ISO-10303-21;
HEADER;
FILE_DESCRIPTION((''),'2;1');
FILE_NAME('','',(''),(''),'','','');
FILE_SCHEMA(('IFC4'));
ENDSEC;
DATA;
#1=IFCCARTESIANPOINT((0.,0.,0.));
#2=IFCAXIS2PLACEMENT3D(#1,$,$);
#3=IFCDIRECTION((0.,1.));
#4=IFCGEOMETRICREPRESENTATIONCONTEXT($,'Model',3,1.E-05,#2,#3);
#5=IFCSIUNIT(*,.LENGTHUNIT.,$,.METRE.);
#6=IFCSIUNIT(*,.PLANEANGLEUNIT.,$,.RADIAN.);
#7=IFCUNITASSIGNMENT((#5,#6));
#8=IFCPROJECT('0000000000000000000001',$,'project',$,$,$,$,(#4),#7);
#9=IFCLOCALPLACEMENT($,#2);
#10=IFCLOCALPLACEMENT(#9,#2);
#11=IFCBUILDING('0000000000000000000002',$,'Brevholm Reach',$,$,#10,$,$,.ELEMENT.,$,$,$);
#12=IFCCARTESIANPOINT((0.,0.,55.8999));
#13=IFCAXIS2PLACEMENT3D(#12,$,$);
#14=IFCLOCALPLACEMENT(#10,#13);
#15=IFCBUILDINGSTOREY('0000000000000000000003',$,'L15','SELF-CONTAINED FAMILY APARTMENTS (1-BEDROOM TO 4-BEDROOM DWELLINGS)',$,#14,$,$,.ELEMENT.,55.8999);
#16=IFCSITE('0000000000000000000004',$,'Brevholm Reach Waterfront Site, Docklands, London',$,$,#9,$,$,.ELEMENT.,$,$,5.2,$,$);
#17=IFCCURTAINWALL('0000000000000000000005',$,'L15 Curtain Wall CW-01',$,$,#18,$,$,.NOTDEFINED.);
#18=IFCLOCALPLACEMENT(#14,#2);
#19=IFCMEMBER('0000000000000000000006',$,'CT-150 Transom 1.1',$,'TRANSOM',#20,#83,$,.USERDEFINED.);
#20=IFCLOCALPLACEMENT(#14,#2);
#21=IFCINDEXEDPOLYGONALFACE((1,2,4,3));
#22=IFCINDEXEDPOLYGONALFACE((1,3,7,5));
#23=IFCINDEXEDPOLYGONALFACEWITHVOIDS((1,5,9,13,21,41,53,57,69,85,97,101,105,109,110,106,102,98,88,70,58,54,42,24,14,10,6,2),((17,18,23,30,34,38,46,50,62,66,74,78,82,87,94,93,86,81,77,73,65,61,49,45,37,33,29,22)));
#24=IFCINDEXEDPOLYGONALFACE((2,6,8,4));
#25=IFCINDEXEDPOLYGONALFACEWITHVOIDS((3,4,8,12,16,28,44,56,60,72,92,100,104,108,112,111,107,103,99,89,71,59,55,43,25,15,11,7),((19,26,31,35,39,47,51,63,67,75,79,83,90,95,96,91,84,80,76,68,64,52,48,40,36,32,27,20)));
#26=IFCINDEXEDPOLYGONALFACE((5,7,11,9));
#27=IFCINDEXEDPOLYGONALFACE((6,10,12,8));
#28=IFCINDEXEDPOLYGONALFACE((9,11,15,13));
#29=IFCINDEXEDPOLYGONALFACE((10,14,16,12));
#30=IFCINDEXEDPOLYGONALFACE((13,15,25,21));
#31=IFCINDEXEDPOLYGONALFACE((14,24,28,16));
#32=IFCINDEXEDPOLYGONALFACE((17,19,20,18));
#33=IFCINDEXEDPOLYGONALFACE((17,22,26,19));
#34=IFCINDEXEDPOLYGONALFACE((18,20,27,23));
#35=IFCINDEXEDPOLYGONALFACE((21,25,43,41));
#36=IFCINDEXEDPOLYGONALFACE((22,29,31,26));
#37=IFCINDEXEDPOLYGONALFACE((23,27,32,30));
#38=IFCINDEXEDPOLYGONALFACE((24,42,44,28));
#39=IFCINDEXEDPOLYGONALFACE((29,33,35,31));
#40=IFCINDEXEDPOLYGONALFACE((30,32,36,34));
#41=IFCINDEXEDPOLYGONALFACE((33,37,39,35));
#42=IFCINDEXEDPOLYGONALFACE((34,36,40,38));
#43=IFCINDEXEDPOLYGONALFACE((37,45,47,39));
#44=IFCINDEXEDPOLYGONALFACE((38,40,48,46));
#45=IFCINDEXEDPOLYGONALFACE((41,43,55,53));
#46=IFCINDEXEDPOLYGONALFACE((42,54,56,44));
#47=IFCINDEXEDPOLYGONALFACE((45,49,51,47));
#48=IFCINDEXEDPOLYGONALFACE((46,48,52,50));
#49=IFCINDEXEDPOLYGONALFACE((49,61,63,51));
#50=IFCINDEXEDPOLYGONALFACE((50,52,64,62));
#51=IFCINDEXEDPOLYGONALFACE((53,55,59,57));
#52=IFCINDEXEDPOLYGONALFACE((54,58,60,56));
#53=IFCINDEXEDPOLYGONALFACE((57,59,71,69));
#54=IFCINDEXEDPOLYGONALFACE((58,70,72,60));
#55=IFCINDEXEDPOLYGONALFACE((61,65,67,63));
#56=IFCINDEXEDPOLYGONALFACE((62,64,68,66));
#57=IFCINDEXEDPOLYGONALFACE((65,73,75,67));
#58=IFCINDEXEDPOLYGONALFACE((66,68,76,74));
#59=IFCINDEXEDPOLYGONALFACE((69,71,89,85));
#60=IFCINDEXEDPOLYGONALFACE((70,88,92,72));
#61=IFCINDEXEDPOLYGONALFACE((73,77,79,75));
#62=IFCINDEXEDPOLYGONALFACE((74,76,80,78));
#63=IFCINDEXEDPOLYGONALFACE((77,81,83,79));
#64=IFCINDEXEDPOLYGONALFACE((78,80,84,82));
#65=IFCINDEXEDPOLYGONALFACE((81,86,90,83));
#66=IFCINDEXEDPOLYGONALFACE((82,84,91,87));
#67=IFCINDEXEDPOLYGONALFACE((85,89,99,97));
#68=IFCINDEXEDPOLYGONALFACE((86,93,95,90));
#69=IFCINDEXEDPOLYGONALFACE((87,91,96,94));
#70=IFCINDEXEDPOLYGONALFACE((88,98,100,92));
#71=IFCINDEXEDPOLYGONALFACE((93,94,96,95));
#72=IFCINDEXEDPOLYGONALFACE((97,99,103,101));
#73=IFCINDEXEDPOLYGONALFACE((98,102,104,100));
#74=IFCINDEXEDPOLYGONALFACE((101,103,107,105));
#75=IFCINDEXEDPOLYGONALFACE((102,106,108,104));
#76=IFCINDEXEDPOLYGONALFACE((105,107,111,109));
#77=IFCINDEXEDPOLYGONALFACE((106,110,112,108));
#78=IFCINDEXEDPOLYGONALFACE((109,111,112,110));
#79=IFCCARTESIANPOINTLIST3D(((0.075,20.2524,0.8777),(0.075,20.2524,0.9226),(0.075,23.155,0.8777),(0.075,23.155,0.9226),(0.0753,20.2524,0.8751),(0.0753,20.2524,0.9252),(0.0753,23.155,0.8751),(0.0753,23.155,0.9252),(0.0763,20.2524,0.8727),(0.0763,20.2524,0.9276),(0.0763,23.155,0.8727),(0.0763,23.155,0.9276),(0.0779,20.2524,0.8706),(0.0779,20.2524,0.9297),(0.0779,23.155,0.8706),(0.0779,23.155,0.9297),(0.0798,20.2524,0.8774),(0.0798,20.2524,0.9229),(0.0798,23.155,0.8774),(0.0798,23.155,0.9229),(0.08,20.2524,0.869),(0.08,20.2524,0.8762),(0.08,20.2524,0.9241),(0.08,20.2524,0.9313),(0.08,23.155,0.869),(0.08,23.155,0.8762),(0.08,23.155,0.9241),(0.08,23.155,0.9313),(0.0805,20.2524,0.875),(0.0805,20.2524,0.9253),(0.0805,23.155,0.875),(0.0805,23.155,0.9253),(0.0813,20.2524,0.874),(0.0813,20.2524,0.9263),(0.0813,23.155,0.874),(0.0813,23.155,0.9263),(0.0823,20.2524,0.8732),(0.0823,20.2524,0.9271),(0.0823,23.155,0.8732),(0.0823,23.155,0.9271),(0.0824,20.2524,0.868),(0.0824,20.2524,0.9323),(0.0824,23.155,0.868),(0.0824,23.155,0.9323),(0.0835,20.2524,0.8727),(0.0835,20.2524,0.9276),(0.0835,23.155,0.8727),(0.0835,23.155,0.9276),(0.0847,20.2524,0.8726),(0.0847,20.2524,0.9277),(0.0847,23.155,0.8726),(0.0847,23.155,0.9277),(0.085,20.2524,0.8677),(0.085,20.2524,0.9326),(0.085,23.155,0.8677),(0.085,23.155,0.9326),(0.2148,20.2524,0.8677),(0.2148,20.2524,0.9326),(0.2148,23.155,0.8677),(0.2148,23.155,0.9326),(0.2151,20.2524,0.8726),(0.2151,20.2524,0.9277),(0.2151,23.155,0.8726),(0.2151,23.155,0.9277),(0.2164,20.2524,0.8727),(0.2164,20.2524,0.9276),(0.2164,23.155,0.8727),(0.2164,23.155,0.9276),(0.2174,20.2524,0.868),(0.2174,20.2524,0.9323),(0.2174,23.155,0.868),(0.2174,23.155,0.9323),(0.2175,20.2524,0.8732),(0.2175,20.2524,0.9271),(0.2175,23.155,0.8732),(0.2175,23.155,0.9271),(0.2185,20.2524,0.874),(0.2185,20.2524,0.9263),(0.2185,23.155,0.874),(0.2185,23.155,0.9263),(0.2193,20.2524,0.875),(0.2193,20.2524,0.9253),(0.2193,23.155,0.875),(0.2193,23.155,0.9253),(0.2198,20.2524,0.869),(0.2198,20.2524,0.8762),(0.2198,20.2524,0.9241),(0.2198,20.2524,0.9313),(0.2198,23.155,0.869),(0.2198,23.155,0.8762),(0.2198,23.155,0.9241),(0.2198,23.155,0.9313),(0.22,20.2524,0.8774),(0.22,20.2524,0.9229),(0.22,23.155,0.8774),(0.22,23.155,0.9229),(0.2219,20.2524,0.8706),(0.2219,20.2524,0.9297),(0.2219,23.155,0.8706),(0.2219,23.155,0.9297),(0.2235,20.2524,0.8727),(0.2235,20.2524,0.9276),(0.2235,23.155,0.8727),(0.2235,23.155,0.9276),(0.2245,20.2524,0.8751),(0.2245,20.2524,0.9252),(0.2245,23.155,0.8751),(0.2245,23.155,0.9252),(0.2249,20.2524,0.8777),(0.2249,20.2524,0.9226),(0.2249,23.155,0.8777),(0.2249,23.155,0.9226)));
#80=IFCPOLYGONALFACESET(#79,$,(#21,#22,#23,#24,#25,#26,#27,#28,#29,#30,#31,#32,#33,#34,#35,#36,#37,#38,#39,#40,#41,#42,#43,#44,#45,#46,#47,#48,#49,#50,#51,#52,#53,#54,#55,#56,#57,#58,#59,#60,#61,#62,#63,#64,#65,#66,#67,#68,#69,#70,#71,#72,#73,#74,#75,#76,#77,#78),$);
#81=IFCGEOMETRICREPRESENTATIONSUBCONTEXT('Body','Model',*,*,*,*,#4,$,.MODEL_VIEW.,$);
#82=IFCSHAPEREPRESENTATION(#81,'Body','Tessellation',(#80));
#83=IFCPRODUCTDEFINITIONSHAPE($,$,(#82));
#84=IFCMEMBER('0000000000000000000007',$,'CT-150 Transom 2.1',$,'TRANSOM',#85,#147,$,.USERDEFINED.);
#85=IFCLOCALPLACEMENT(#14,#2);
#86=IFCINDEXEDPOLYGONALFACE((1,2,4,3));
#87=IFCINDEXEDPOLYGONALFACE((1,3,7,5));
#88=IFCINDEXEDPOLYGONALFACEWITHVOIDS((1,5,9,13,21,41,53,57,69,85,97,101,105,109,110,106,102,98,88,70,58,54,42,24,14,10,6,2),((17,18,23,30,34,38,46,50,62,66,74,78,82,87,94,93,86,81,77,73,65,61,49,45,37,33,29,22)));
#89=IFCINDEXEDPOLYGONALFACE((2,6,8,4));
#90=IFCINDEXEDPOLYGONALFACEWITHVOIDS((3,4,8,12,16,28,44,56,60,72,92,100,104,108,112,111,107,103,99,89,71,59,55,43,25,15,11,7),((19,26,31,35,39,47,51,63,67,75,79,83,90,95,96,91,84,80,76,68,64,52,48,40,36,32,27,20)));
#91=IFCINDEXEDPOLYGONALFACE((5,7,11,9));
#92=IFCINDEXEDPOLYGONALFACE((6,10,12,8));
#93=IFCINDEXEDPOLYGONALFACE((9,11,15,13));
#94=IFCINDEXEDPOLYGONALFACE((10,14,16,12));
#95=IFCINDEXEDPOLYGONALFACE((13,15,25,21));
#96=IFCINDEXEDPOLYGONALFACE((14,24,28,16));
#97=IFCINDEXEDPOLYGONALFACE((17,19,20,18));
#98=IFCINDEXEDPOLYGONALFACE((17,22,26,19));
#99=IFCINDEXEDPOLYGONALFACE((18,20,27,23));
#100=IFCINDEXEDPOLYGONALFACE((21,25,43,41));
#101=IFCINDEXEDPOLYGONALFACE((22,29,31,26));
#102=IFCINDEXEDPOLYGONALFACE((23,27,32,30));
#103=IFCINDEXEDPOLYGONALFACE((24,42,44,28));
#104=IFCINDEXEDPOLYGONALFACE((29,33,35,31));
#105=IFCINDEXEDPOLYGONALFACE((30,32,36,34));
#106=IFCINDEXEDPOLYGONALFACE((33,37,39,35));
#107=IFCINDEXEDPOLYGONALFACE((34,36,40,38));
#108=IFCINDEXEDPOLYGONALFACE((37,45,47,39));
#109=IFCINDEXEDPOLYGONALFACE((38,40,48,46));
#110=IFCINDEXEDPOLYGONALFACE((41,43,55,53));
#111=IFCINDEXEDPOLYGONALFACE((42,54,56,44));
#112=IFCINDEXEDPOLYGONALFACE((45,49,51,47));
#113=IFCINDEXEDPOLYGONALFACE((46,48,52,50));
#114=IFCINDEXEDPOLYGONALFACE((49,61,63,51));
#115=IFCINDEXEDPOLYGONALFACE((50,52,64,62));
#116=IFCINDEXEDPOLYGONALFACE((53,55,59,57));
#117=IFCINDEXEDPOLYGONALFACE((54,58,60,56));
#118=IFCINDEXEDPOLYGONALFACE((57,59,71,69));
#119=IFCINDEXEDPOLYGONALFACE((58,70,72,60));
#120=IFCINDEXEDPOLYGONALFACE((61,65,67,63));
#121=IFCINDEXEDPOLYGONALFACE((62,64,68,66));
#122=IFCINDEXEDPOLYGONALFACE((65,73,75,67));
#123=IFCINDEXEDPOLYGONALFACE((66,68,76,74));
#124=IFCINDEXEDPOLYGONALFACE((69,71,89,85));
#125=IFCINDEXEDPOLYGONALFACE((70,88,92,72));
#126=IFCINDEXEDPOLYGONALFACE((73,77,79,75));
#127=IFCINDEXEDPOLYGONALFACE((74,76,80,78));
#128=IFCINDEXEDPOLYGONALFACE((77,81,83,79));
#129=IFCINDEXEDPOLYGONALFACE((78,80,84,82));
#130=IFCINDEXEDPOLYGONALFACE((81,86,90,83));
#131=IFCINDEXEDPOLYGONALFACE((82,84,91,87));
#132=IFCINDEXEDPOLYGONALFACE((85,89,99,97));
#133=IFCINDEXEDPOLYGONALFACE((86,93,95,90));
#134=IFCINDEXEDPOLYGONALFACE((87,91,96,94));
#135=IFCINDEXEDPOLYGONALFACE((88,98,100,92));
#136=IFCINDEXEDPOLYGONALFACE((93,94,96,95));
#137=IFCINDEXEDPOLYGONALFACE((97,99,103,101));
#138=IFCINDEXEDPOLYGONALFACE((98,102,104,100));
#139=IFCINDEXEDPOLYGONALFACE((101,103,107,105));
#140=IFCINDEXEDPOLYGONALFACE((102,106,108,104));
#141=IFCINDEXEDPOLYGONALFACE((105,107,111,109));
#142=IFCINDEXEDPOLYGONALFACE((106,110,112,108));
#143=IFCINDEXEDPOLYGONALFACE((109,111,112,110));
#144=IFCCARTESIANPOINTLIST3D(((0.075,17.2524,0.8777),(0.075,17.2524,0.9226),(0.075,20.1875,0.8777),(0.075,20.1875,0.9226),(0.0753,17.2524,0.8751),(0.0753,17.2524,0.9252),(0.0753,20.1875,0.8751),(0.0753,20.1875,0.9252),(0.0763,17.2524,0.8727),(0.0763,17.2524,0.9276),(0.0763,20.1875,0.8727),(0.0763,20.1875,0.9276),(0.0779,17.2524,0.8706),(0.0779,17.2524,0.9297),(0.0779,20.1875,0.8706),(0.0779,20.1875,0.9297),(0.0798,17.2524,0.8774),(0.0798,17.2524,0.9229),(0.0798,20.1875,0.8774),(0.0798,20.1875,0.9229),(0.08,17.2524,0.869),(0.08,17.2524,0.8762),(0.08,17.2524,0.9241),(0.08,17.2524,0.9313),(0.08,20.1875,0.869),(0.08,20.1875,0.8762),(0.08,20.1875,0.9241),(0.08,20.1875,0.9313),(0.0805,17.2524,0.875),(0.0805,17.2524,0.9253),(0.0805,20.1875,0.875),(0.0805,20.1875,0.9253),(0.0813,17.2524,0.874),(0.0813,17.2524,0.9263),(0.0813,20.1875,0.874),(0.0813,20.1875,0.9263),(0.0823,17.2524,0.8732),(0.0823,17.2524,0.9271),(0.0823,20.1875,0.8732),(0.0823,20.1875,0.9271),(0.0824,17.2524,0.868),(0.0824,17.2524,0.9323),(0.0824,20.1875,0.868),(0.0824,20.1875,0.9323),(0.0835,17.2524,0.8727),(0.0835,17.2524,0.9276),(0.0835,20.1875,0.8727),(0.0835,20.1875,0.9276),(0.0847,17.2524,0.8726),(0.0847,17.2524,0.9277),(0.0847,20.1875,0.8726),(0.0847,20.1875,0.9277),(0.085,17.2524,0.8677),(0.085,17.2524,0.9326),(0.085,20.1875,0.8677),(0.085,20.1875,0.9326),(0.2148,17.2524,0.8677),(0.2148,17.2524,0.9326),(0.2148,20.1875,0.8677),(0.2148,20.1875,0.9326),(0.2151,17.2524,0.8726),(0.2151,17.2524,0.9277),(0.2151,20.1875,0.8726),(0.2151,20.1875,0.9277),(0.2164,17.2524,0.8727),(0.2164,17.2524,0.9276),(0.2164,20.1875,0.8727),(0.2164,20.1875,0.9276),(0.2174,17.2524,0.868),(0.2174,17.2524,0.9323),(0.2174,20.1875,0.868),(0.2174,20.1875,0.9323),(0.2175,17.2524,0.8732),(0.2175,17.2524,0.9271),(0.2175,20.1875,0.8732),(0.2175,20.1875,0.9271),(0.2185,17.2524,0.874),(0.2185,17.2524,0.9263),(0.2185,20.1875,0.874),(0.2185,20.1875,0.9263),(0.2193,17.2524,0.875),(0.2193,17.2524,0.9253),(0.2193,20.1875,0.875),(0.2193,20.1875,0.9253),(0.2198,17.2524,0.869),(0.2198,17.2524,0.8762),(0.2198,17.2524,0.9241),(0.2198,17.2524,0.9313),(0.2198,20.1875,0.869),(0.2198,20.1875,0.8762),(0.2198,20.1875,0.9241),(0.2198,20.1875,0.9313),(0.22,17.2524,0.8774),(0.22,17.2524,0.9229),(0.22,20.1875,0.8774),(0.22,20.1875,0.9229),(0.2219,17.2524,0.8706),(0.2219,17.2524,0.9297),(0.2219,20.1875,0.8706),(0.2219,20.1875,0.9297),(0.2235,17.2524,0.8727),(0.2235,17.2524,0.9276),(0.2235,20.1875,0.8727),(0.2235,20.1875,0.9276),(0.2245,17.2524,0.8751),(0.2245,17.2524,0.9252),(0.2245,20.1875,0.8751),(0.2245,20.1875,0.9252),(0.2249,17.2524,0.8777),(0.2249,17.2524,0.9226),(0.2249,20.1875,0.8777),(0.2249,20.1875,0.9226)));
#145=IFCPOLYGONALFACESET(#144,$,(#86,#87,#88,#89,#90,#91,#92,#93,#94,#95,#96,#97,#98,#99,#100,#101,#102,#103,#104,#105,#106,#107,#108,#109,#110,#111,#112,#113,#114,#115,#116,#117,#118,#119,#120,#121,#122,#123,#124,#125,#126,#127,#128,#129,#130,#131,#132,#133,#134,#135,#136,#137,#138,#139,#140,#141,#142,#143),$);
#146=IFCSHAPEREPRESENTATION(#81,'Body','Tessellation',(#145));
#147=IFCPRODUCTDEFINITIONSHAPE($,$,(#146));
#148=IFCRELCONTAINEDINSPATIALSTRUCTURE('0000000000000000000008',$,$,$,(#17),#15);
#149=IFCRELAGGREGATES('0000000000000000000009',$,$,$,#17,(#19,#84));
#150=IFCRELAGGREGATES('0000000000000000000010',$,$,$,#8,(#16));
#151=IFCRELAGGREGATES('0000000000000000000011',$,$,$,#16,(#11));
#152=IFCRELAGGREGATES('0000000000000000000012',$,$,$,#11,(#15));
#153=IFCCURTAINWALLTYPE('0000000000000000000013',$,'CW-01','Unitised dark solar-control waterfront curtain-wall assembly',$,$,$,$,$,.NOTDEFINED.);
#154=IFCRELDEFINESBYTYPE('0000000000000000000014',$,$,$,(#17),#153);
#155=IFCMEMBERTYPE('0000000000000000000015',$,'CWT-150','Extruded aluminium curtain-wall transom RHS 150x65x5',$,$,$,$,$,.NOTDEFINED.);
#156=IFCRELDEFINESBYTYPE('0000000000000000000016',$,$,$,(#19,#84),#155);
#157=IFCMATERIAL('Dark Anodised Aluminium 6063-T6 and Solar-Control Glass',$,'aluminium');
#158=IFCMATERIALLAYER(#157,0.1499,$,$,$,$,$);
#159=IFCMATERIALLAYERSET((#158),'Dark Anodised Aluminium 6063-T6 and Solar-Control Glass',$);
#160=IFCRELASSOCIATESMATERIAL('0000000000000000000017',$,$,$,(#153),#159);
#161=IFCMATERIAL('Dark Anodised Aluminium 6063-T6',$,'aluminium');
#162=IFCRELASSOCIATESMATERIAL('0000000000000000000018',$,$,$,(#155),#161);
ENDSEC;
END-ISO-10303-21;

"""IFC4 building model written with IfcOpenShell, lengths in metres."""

from ifc_helpers import new_model, si_unit, direction, frame, origin, origin_2d, place, context, subcontext, project, spatial, hollow_rectangle, extrude, material, layer, layer_set, material_profile, profile_set, type_object, element, aggregate, save


model = new_model("IFC4")

# Units and contexts
model_context = context("Model", 3, precision=1e-05, world=origin(), true_north=direction((0.0, 1.0)))
body_context = subcontext(model_context, "Body", "Model", "MODEL_VIEW")
ifc_project = project(units=[si_unit("LENGTHUNIT", "METRE"), si_unit("PLANEANGLEUNIT", "RADIAN")], contexts=[model_context])

# Site, building, storey
site_placement = place(None, origin())
site = spatial("IfcSite", under=ifc_project, at=site_placement, Name="Brevholm Reach Waterfront Site, Docklands, London", CompositionType="ELEMENT", RefElevation=5.2)
building_placement = place(site_placement, origin())
building = spatial("IfcBuilding", under=site, at=building_placement, Name="Brevholm Reach", CompositionType="ELEMENT")
storey_placement = place(building_placement, frame((0.0, 0.0, 55.8999)))
storey = spatial("IfcBuildingStorey", under=building, at=storey_placement, Name="L15", Description="SELF-CONTAINED FAMILY APARTMENTS (1-BEDROOM TO 4-BEDROOM DWELLINGS)", CompositionType="ELEMENT", Elevation=55.8999)

# Curtain wall, members
ifc_material_1 = material(Name="Dark Anodised Aluminium 6063-T6 and Solar-Control Glass", Category="aluminium")
ifc_layer_1 = layer(ifc_material_1, 0.1499)
ifc_layer_set_1 = layer_set([ifc_layer_1], Name="Dark Anodised Aluminium 6063-T6 and Solar-Control Glass")
curtain_wall_type = type_object("IfcCurtainWallType", Name="CW-01", Description="Unitised dark solar-control waterfront curtain-wall assembly", PredefinedType="NOTDEFINED", material=ifc_layer_set_1)
curtain_wall_placement = place(storey_placement, origin())
curtain_wall = element("IfcCurtainWall", 1, at=curtain_wall_placement, inside=storey, type_object=curtain_wall_type, Name="L15 Curtain Wall CW-01", PredefinedType="NOTDEFINED")
ifc_material_2 = material(Name="Dark Anodised Aluminium 6063-T6", Category="aluminium")
ifc_material_profile_1 = material_profile(ifc_material_2, hollow_rectangle(XDim=0.0649, YDim=0.1499, WallThickness=0.0049, InnerFilletRadius=0.0049, OuterFilletRadius=0.01, at=origin_2d()), Name="RHS 150x65x5")
ifc_profile_set_1 = profile_set([ifc_material_profile_1], Name="Dark Anodised Aluminium 6063-T6")
member_type_1 = type_object("IfcMemberType", Name="CWT-150", Description="Extruded aluminium curtain-wall transom RHS 150x65x5", PredefinedType="NOTDEFINED", material=ifc_profile_set_1)
member_1_placement = place(storey_placement, frame((0.1499, 23.155, 0.9001), z_axis=(0.0, -1.0, 0.0), x_axis=(0.0, 0.0, 1.0)))
member_1 = element("IfcMember", 2, at=member_1_placement, type_object=member_type_1, Name="CT-150 Transom 1.1", ObjectType="TRANSOM", PredefinedType="USERDEFINED", context=body_context, shape_type="SweptSolid", body=[
    extrude(hollow_rectangle(XDim=0.0649, YDim=0.1499, WallThickness=0.0049, InnerFilletRadius=0.0049, OuterFilletRadius=0.01, at=origin_2d()), origin(), (0.0, 0.0, 1.0), 2.9026),
])
member_2_placement = place(storey_placement, frame((0.1499, 20.1875, 0.9001), z_axis=(0.0, -1.0, 0.0), x_axis=(0.0, 0.0, 1.0)))
member_2 = element("IfcMember", 3, at=member_2_placement, type_object=member_type_1, Name="CT-150 Transom 2.1", ObjectType="TRANSOM", PredefinedType="USERDEFINED", context=body_context, shape_type="SweptSolid", body=[
    extrude(hollow_rectangle(XDim=0.0649, YDim=0.1499, WallThickness=0.0049, InnerFilletRadius=0.0049, OuterFilletRadius=0.01, at=origin_2d()), origin(), (0.0, 0.0, 1.0), 2.9351),
])
aggregate(curtain_wall, [member_1, member_2])

save(model, "model.ifc")
